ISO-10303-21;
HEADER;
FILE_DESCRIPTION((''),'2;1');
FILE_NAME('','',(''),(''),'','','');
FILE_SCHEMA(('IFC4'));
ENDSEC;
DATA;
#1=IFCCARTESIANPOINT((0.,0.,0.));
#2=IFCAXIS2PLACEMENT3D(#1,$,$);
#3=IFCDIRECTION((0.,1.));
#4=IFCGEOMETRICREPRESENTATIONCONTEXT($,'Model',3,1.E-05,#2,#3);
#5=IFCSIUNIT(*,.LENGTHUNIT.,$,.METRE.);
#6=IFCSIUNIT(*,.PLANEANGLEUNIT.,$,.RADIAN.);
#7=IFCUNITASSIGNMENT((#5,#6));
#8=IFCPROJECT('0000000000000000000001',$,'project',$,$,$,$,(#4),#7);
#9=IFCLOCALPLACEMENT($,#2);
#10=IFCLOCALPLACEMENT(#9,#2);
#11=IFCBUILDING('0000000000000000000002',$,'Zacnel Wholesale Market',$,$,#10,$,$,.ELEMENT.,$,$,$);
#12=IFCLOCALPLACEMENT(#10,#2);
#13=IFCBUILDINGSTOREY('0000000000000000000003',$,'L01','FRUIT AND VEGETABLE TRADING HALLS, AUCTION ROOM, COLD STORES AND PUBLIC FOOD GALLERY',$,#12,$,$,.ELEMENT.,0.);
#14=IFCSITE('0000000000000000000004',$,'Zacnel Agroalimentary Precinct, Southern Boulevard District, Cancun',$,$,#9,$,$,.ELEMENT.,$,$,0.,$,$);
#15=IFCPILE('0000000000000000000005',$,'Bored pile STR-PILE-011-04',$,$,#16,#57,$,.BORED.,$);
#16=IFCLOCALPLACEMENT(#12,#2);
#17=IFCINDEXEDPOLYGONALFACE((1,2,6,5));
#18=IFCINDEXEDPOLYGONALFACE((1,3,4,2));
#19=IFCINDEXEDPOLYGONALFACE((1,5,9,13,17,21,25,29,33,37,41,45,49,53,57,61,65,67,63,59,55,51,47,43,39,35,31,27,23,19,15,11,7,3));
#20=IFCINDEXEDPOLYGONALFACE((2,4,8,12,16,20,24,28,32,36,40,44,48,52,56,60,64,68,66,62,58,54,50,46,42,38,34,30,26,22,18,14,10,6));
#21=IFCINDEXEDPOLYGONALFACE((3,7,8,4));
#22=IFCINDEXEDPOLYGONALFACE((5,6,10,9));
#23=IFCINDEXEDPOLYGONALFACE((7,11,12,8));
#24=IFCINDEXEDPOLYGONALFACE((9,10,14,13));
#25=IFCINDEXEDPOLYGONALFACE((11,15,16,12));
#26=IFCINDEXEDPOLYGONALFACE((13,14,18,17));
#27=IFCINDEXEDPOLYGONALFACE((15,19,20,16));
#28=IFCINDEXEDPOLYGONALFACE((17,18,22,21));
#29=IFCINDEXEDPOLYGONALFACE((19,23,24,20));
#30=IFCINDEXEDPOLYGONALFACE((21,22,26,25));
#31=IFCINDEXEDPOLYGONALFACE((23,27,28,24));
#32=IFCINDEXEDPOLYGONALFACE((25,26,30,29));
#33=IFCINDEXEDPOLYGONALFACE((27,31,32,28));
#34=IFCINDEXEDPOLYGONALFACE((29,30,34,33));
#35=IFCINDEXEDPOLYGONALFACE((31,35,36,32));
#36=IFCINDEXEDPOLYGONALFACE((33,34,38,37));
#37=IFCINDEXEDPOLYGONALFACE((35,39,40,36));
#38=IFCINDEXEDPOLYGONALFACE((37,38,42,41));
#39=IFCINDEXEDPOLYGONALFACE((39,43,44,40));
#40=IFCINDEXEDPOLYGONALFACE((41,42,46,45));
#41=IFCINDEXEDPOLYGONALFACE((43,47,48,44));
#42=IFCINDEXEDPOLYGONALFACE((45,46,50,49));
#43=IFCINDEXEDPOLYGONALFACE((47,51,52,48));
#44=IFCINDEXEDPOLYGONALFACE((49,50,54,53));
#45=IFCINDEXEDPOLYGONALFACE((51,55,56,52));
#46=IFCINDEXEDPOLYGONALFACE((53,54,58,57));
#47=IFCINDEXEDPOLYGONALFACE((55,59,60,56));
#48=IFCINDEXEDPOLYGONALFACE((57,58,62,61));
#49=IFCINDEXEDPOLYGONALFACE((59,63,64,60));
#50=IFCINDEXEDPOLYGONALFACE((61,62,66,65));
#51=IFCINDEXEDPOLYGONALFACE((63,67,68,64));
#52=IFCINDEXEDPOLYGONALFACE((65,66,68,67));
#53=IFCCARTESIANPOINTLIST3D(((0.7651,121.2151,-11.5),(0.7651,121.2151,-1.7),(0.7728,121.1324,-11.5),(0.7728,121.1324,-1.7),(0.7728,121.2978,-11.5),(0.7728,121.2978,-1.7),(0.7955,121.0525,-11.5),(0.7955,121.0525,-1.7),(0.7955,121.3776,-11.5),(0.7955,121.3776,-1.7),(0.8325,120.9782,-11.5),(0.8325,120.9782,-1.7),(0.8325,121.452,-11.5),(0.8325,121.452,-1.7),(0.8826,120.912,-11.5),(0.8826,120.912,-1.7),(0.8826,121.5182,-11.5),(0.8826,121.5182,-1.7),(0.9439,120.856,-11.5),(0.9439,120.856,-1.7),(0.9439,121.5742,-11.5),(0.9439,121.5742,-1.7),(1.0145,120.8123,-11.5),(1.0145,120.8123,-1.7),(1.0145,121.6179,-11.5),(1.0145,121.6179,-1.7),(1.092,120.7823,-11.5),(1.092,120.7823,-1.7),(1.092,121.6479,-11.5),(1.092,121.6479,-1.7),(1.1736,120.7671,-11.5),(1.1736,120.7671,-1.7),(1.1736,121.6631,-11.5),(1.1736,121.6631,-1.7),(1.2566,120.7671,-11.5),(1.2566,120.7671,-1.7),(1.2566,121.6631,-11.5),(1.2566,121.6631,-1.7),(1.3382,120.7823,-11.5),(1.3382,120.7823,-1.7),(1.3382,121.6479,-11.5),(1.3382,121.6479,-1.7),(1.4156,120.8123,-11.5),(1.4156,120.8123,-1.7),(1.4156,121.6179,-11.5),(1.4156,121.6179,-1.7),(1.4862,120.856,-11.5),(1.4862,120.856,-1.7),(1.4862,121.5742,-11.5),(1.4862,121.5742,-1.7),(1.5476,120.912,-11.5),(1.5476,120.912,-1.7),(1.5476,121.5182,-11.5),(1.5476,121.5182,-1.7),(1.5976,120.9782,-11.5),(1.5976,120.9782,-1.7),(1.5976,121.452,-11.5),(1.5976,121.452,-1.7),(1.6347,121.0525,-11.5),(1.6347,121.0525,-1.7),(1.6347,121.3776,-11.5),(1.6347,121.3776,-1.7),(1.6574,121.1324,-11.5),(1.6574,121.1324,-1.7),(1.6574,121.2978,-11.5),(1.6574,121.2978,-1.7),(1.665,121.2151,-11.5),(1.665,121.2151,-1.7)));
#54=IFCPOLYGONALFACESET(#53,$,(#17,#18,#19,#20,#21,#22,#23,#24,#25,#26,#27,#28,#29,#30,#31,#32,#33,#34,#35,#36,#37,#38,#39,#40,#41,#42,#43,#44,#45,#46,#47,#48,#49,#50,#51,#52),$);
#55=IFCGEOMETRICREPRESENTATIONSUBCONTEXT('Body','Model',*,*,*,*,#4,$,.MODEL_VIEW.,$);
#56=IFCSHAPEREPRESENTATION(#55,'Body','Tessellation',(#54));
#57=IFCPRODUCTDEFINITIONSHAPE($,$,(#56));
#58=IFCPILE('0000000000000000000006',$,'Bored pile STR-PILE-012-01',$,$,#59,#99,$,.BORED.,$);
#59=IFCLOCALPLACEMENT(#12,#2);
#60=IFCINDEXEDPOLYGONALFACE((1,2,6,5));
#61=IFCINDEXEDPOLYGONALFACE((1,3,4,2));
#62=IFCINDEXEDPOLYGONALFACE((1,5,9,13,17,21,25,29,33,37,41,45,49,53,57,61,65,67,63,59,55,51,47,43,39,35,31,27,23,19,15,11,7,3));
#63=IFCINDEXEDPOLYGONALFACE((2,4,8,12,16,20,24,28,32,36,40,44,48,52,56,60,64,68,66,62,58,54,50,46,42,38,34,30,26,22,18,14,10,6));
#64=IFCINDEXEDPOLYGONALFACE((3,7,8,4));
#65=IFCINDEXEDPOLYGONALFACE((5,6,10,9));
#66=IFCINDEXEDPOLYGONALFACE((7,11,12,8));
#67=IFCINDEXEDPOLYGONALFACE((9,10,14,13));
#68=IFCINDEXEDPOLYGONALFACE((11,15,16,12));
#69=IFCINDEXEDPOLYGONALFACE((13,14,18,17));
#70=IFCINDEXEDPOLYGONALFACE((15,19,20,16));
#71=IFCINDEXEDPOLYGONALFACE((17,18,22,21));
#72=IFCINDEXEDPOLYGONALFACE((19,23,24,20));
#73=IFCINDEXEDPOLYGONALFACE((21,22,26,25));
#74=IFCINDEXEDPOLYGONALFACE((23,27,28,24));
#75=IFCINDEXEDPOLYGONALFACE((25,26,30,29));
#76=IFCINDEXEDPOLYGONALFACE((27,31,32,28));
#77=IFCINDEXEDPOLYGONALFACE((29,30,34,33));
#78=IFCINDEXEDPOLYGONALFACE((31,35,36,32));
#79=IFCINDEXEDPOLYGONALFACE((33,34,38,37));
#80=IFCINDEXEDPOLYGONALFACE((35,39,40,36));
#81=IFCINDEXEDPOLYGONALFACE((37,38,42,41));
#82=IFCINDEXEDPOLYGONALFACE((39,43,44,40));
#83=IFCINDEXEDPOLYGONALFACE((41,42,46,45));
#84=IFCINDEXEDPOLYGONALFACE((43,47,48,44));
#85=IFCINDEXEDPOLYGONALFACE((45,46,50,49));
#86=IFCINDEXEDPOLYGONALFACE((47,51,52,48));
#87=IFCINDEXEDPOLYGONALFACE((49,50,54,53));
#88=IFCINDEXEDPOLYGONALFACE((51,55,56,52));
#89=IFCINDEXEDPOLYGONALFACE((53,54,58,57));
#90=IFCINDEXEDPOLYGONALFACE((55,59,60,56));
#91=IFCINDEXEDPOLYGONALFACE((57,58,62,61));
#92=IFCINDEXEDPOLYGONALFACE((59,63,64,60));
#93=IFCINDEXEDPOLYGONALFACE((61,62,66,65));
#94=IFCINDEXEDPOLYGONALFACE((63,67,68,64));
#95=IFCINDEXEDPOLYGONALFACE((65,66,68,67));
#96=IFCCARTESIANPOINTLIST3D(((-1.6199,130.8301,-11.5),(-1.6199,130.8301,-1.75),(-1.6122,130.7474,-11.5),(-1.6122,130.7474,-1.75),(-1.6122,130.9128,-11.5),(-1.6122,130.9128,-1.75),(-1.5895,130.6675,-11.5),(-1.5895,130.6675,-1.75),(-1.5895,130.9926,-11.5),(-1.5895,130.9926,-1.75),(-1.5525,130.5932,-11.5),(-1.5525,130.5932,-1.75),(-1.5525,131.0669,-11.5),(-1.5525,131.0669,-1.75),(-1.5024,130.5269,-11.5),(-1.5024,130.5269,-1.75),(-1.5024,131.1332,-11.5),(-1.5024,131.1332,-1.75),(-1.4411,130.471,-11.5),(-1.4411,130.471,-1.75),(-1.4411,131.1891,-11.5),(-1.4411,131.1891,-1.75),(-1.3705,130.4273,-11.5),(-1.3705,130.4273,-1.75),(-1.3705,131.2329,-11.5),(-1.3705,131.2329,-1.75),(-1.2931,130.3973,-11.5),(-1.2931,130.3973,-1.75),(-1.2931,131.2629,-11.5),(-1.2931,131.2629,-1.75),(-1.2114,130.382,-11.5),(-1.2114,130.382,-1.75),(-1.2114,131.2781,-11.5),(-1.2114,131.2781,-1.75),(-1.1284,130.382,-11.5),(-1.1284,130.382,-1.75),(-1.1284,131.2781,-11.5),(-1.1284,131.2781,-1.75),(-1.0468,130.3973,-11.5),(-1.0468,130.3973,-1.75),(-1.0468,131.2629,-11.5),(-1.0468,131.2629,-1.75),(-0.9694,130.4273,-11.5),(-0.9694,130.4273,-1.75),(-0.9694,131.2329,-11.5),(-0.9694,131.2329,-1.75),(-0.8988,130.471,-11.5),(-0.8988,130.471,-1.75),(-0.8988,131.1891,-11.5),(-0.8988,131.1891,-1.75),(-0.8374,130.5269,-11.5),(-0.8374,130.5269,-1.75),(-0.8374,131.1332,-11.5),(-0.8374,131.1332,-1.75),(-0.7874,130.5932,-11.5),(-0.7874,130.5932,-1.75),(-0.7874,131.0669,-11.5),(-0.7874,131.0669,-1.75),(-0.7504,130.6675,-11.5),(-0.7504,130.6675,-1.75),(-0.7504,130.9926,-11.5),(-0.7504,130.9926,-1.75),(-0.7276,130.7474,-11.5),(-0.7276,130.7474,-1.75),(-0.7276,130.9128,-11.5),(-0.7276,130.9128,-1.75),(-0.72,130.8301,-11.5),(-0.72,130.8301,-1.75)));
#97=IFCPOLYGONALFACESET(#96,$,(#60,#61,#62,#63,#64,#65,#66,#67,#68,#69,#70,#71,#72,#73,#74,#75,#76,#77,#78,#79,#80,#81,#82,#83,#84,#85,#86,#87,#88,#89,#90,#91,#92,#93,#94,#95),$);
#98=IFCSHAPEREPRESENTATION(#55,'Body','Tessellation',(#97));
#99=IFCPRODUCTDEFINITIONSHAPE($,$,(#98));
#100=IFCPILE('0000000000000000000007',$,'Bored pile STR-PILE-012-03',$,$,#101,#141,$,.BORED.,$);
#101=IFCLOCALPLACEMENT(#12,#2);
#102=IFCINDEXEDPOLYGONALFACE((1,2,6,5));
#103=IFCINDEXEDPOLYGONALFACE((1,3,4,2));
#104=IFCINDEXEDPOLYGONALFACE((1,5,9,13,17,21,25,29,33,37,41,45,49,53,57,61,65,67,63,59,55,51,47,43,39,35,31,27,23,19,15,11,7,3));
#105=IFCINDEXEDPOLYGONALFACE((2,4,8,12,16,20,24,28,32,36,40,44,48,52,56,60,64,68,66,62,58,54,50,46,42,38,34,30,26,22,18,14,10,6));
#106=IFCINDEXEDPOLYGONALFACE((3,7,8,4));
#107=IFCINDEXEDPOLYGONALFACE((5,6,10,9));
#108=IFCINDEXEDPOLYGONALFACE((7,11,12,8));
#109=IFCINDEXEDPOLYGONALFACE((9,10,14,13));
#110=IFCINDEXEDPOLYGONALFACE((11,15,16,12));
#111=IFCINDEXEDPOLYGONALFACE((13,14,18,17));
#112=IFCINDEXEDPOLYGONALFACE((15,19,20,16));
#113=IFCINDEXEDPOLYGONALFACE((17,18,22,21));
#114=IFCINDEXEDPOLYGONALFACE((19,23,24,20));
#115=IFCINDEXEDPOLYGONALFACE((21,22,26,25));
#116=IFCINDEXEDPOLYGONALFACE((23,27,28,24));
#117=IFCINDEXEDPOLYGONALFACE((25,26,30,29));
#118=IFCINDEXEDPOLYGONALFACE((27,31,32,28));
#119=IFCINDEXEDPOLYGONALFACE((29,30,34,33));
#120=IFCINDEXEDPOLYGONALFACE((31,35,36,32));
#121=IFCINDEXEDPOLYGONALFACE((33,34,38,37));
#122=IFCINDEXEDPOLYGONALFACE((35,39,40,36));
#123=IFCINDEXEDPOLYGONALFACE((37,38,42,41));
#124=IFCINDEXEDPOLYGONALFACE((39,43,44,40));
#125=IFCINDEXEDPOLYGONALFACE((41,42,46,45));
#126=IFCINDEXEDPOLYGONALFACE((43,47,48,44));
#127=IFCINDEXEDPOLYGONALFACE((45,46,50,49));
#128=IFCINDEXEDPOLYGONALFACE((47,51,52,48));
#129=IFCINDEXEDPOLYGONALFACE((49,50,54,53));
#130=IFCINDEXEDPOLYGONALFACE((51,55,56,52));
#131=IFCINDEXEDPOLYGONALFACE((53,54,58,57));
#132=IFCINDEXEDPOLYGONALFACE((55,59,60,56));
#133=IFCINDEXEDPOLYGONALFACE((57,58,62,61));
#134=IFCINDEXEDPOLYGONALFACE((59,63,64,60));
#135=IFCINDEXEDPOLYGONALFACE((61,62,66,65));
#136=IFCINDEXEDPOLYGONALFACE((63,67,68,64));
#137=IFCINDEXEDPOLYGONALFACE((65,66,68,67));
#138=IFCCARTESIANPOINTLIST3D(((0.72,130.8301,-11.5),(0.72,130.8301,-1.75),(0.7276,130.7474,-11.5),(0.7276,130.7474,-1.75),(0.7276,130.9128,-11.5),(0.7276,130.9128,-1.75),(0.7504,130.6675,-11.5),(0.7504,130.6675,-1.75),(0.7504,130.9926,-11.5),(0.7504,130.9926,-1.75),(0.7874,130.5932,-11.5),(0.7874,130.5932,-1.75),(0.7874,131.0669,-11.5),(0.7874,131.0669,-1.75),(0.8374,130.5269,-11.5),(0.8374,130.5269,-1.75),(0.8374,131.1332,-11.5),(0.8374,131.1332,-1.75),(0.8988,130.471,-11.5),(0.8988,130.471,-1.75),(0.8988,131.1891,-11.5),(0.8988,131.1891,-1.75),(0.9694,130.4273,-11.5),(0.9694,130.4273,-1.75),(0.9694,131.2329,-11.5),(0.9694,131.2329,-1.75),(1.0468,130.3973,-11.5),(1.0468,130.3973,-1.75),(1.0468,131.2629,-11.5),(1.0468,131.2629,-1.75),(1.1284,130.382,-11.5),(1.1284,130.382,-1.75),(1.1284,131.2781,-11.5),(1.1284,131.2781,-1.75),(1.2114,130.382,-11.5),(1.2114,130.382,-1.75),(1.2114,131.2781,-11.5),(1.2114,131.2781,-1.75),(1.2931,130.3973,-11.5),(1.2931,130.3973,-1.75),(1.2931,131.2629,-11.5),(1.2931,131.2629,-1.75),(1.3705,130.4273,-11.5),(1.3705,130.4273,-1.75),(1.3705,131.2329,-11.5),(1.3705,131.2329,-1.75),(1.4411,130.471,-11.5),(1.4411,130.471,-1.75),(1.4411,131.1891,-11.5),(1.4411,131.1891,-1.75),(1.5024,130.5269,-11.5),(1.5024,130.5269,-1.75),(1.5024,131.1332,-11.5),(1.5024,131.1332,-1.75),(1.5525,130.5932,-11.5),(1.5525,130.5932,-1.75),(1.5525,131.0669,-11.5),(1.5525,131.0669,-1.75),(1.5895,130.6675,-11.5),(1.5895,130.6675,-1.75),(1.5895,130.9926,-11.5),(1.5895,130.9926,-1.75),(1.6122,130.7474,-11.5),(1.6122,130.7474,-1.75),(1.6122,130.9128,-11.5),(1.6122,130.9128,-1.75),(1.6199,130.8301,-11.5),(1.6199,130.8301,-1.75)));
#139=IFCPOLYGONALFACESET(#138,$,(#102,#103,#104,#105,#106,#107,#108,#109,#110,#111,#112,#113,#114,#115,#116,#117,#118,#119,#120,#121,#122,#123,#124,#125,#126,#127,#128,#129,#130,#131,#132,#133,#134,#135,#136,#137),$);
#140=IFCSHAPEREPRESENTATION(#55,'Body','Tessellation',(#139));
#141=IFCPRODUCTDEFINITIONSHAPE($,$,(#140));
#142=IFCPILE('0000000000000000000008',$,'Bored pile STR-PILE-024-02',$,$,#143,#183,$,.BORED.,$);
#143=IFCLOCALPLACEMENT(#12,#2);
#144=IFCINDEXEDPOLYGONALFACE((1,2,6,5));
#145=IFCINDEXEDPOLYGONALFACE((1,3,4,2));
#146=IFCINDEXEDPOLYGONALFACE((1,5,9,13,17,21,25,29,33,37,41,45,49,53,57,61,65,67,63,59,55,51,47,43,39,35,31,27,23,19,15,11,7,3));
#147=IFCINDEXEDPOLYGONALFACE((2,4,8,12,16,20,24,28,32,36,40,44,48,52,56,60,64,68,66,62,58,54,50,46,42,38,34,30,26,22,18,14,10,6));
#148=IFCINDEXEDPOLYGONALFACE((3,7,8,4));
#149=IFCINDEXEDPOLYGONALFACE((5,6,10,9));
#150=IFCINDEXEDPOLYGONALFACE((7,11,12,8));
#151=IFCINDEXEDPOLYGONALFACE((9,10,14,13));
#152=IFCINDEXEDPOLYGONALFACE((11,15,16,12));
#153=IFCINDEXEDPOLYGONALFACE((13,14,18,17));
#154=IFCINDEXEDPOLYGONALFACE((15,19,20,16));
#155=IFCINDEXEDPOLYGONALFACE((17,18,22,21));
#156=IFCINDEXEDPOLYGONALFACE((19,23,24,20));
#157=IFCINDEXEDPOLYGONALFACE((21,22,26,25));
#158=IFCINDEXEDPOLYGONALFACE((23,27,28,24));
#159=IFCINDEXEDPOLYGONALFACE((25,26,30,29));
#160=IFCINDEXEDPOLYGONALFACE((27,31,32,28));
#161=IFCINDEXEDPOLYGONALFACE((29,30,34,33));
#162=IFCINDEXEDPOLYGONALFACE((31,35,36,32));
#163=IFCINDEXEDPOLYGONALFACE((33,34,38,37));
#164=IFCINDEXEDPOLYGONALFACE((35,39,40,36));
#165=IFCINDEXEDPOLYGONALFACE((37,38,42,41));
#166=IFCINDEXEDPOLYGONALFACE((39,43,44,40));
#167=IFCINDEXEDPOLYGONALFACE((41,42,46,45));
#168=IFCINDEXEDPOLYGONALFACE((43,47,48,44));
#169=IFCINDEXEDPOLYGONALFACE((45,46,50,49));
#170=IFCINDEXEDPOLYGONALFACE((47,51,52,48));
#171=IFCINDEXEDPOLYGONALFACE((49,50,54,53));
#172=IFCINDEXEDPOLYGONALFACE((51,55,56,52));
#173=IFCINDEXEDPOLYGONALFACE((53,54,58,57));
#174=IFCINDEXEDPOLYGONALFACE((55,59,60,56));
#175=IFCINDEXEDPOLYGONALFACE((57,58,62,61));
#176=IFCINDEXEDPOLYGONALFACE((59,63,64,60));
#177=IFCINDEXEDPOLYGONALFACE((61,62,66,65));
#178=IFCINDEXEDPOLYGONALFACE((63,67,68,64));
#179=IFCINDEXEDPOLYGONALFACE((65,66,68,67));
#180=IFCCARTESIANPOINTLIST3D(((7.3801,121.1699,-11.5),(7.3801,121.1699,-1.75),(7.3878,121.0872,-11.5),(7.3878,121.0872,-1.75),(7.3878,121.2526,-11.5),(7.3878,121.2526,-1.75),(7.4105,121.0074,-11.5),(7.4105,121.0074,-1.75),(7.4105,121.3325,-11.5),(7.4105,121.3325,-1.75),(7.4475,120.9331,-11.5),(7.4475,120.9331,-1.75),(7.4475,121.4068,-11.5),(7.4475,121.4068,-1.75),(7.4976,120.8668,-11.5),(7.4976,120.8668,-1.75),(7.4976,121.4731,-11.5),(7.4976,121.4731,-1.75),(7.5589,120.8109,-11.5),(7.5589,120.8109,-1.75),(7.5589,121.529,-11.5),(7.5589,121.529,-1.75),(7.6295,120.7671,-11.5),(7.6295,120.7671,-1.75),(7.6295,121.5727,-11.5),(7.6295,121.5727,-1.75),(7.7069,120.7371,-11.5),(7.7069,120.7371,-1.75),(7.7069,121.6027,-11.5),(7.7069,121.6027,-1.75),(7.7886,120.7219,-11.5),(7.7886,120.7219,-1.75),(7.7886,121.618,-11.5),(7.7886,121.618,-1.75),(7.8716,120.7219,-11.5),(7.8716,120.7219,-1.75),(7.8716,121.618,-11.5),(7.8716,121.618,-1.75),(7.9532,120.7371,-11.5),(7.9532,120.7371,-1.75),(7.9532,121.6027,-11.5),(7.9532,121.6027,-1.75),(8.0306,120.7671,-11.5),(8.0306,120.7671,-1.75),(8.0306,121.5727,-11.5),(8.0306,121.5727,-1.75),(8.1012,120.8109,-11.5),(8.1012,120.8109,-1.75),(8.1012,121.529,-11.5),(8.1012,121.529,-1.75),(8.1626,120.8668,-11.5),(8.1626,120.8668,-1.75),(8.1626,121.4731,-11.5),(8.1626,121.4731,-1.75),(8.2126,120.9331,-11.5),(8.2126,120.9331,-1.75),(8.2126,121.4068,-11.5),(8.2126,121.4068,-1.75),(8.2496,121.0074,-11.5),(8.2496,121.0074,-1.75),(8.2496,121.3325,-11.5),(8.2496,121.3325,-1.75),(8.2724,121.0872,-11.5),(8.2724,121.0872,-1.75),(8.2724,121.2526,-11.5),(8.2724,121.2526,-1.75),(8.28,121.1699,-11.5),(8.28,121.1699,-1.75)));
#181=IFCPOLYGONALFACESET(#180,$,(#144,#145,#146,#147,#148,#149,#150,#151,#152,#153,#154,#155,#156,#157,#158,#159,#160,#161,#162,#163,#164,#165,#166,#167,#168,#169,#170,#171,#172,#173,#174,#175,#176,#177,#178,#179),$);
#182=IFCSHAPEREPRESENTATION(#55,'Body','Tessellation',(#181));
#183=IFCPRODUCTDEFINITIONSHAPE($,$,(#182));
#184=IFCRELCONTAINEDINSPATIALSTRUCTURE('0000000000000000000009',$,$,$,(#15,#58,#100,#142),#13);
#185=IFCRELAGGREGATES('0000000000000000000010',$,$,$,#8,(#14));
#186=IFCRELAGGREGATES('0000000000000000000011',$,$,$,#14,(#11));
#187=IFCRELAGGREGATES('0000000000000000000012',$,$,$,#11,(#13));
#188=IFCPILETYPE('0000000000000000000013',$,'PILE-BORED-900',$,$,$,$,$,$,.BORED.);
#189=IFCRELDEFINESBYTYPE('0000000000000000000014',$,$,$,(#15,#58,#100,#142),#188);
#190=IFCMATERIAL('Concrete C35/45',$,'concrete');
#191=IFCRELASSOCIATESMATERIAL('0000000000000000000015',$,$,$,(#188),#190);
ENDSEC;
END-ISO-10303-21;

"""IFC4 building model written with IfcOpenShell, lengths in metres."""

from ifc_helpers import new_model, si_unit, direction, frame, origin, origin_2d, place, context, subcontext, project, spatial, circle, extrude, material, material_profile, profile_set, type_object, element, save


model = new_model("IFC4")

# Units and contexts
model_context = context("Model", 3, precision=1e-05, world=origin(), true_north=direction((0.0, 1.0)))
body_context = subcontext(model_context, "Body", "Model", "MODEL_VIEW")
ifc_project = project(units=[si_unit("LENGTHUNIT", "METRE"), si_unit("PLANEANGLEUNIT", "RADIAN")], contexts=[model_context])

# Site, building, storey
site_placement = place(None, origin())
site = spatial("IfcSite", under=ifc_project, at=site_placement, Name="Zacnel Agroalimentary Precinct, Southern Boulevard District, Cancun", CompositionType="ELEMENT", RefElevation=0.0)
building_placement = place(site_placement, origin())
building = spatial("IfcBuilding", under=site, at=building_placement, Name="Zacnel Wholesale Market", CompositionType="ELEMENT")
storey_placement = place(building_placement, origin())
storey = spatial("IfcBuildingStorey", under=building, at=storey_placement, Name="L01", Description="FRUIT AND VEGETABLE TRADING HALLS, AUCTION ROOM, COLD STORES AND PUBLIC FOOD GALLERY", CompositionType="ELEMENT", Elevation=0.0)

# Piles
ifc_material_1 = material(Name="Concrete C35/45", Category="concrete")
ifc_material_profile_1 = material_profile(ifc_material_1, circle(Radius=0.45, at=origin_2d()), Name="BORED PILE D900")
ifc_profile_set_1 = profile_set([ifc_material_profile_1], Name="Concrete C35/45")
pile_type = type_object("IfcPileType", Name="PILE-BORED-900", PredefinedType="BORED", material=ifc_profile_set_1)
for number, where, z_axis, x_axis, name in (
    (1, (1.2151, 121.2151, -1.7), (0.0, 0.0, -1.0), (1.0, 0.0, 0.0), "Bored pile STR-PILE-011-04"),
):
    element("IfcPile", number, at=place(storey_placement, frame(where, z_axis=z_axis, x_axis=x_axis)), inside=storey, type_object=pile_type, Name=name, PredefinedType="BORED", context=body_context, shape_type="SweptSolid", body=[
        extrude(circle(Radius=0.45, at=origin_2d()), origin(), (0.0, 0.0, 1.0), 9.8),
    ])
for number, where, z_axis, x_axis, name in (
    (2, (-1.1699, 130.8301, -1.75), (0.0, 0.0, -1.0), (1.0, 0.0, 0.0), "Bored pile STR-PILE-012-01"),
    (3, (1.1699, 130.8301, -1.75), (0.0, 0.0, -1.0), (1.0, 0.0, 0.0), "Bored pile STR-PILE-012-03"),
    (4, (7.8301, 121.1699, -1.75), (0.0, 0.0, -1.0), (1.0, 0.0, 0.0), "Bored pile STR-PILE-024-02"),
):
    element("IfcPile", number, at=place(storey_placement, frame(where, z_axis=z_axis, x_axis=x_axis)), inside=storey, type_object=pile_type, Name=name, PredefinedType="BORED", context=body_context, shape_type="SweptSolid", body=[
        extrude(circle(Radius=0.45, at=origin_2d()), origin(), (0.0, 0.0, 1.0), 9.75),
    ])

save(model, "model.ifc")
